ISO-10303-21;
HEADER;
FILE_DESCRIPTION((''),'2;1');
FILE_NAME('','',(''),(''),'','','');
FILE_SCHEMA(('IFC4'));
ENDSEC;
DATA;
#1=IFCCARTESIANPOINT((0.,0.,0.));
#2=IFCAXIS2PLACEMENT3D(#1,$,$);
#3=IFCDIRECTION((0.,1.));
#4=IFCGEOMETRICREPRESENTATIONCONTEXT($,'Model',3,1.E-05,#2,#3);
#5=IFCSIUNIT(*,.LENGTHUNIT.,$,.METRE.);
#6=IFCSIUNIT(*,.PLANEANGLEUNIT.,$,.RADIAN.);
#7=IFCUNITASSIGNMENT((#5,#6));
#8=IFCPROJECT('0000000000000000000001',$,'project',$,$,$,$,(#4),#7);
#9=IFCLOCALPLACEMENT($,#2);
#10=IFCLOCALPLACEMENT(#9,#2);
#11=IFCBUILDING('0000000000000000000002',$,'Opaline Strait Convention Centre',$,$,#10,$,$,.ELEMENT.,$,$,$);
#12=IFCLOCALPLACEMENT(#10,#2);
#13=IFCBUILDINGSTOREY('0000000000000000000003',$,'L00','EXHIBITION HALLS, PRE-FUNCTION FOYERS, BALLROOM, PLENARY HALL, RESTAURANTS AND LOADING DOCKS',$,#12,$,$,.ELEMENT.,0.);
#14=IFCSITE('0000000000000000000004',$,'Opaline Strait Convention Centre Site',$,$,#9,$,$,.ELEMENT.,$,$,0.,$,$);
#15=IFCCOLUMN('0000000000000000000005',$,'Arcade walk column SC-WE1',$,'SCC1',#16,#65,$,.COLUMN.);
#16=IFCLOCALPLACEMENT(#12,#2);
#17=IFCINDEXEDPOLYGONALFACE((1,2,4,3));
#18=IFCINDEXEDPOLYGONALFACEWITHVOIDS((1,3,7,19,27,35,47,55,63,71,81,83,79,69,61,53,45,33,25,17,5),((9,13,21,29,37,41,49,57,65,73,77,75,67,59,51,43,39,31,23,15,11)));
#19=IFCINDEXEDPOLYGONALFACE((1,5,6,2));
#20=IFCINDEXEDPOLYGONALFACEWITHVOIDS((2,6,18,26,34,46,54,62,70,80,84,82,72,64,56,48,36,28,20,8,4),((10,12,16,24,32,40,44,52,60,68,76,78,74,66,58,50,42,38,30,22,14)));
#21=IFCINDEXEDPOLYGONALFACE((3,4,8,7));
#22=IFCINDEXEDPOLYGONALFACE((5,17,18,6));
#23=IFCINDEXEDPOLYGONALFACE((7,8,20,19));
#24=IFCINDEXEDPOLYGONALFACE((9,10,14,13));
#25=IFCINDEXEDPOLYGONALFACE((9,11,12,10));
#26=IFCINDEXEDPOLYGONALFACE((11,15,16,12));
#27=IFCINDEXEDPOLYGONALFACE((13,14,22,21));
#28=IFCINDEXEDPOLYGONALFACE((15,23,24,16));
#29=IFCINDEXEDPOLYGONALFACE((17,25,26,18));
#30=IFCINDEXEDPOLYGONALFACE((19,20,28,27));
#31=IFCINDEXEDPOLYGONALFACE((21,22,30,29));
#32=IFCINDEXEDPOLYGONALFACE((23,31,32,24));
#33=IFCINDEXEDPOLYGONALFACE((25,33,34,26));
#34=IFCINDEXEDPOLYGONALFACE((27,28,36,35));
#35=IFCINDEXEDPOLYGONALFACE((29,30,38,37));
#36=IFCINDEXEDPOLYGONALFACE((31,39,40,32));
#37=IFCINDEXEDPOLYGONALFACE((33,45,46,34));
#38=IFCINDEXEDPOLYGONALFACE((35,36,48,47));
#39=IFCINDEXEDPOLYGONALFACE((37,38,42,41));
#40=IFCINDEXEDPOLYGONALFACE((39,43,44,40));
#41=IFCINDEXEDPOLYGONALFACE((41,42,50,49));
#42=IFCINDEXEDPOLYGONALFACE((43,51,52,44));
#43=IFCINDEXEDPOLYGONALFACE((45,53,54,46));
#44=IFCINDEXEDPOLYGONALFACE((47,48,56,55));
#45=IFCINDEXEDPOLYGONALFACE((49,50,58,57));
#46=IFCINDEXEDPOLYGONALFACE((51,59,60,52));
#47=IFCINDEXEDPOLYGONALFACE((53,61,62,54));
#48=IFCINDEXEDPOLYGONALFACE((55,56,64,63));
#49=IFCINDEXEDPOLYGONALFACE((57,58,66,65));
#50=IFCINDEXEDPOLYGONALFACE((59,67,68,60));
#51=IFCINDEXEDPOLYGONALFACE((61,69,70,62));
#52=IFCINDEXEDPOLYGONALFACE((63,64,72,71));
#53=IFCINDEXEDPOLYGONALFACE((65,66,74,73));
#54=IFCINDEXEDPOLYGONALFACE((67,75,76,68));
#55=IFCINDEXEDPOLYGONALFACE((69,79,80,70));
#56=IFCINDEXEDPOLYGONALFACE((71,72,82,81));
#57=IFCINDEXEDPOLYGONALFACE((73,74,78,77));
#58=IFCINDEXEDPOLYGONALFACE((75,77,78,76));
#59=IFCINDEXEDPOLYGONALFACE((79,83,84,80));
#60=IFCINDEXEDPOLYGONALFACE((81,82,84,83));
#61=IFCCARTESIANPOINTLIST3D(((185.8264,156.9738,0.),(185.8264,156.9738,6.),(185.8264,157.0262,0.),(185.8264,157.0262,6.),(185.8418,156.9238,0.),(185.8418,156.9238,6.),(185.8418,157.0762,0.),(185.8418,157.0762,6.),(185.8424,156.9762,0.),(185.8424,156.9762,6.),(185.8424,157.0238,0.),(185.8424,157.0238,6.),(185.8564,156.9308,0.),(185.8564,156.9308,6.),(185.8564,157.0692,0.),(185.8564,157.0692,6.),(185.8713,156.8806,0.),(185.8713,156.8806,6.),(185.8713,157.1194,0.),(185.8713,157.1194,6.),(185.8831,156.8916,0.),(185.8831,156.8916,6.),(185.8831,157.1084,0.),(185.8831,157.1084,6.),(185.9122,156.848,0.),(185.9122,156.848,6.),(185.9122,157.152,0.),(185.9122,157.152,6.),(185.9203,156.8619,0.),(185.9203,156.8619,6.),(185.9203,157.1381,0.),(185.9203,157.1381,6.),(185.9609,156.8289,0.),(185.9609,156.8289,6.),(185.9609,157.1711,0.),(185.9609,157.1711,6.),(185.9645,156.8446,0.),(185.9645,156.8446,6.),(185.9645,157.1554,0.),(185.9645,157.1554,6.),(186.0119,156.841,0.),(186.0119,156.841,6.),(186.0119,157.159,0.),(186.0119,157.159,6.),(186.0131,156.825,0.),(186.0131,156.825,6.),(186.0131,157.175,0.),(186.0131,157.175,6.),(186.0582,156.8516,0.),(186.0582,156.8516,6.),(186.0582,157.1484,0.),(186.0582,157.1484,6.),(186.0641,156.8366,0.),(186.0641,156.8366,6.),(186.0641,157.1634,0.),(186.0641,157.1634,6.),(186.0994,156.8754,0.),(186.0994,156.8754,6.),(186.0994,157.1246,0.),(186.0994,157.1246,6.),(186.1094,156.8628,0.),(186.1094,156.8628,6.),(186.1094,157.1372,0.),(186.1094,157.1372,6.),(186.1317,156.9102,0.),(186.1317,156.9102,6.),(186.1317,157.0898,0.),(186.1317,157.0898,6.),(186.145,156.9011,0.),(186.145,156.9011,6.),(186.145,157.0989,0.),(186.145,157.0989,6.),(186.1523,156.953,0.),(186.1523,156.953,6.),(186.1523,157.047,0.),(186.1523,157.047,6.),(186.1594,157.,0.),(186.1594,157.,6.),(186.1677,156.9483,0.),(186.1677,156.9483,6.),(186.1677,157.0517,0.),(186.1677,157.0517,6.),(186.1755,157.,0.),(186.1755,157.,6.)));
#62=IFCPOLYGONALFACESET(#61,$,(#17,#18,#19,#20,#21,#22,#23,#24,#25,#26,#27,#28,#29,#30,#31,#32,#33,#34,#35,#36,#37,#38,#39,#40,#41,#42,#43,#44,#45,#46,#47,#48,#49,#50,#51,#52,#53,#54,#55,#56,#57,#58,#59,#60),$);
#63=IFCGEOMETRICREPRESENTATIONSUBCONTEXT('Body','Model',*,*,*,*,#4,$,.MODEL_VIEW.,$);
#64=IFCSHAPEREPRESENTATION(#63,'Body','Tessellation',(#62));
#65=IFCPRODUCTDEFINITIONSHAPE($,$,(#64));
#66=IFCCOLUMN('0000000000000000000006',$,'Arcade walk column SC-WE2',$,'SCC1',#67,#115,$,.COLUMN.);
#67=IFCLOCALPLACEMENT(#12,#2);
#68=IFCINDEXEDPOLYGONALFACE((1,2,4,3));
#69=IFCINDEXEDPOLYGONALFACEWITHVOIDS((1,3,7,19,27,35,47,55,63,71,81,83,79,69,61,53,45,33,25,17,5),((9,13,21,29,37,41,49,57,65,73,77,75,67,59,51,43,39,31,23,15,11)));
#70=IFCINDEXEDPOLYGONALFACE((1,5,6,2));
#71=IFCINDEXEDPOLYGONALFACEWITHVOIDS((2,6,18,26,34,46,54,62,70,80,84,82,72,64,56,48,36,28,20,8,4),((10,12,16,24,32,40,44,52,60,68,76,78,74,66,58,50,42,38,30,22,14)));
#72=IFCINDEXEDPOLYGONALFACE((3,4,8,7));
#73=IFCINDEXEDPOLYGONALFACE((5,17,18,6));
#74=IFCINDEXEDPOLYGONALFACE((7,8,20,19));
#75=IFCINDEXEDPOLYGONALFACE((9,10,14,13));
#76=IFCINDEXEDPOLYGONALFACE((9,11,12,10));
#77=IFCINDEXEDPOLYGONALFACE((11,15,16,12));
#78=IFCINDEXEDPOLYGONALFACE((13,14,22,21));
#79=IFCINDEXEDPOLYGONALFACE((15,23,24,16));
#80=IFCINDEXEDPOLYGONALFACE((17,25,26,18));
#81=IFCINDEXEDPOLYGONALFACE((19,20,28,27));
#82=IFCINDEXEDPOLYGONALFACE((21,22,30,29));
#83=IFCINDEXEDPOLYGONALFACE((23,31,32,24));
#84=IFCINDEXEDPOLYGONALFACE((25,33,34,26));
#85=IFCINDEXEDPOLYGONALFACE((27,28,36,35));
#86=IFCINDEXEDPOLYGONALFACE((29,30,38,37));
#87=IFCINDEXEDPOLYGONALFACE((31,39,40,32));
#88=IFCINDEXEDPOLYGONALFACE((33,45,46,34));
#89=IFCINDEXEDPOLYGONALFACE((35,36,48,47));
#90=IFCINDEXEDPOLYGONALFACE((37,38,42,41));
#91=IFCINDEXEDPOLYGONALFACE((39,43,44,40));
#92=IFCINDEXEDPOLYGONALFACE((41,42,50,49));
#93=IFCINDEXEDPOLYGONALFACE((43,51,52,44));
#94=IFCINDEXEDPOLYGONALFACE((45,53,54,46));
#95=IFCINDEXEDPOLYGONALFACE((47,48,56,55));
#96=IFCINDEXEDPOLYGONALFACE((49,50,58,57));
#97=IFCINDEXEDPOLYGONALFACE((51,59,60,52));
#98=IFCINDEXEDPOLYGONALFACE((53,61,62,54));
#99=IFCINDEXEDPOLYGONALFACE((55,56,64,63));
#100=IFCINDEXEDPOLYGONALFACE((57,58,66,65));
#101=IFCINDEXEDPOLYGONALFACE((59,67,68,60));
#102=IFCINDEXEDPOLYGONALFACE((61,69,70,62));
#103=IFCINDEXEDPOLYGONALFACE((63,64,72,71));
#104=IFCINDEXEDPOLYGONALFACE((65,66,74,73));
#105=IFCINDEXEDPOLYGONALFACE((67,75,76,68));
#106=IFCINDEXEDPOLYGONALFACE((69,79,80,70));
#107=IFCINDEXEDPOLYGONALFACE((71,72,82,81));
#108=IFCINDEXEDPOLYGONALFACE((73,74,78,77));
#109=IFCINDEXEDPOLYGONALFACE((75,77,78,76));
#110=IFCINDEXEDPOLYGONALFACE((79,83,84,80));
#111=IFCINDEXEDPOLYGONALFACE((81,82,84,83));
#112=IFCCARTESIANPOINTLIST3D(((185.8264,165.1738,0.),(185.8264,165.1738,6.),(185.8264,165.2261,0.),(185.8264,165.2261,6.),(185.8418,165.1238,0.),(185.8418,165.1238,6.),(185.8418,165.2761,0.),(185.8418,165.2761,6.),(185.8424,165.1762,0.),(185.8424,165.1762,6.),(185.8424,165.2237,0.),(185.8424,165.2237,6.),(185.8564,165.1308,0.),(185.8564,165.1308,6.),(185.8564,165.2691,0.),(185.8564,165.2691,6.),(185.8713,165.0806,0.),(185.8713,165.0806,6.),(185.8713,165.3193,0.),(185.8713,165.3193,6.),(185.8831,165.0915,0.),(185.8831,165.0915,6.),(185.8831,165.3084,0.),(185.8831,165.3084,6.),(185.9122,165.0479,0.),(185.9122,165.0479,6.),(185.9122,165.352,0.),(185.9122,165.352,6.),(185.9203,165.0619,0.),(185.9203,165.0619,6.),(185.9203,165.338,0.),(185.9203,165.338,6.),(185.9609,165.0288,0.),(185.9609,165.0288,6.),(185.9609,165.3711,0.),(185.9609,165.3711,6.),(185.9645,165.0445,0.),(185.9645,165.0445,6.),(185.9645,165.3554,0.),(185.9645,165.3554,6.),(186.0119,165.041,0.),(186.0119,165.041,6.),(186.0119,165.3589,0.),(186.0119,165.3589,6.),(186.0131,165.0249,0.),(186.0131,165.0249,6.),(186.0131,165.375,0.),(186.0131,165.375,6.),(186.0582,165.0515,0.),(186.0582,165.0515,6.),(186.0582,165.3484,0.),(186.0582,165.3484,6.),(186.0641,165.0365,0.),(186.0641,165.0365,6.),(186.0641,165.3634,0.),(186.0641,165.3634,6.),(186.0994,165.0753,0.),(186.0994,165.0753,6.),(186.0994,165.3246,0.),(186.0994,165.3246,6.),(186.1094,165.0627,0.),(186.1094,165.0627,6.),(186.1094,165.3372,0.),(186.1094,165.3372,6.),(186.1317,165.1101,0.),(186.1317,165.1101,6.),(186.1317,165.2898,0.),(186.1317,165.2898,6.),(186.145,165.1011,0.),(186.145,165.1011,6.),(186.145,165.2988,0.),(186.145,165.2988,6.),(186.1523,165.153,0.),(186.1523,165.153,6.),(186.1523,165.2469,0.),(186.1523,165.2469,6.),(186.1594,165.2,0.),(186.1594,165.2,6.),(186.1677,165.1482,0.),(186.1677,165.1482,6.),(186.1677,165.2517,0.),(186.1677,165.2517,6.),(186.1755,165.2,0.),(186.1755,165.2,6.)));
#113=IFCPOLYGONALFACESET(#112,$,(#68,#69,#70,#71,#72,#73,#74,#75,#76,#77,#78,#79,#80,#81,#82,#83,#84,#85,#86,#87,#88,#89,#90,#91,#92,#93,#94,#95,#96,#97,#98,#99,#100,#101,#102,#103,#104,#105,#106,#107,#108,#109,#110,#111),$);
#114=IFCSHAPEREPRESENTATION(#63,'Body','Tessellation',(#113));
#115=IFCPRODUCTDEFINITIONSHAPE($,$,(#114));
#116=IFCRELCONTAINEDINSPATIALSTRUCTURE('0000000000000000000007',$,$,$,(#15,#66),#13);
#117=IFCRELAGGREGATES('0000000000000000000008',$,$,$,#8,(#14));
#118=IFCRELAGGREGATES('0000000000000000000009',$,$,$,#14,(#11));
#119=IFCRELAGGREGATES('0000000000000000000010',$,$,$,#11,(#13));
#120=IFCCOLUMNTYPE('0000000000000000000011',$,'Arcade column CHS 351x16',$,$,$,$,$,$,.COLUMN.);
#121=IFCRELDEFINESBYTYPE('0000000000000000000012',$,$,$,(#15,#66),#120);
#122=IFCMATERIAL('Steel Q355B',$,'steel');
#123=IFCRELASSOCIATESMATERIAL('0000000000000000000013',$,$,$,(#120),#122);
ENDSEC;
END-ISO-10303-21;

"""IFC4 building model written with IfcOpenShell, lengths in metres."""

from ifc_helpers import new_model, si_unit, direction, frame, origin, origin_2d, place, context, subcontext, project, spatial, hollow_circle, extrude, material, material_profile, profile_set, type_object, element, save


model = new_model("IFC4")

# Units and contexts
model_context = context("Model", 3, precision=1e-05, world=origin(), true_north=direction((0.0, 1.0)))
body_context = subcontext(model_context, "Body", "Model", "MODEL_VIEW")
ifc_project = project(units=[si_unit("LENGTHUNIT", "METRE"), si_unit("PLANEANGLEUNIT", "RADIAN")], contexts=[model_context])

# Site, building, storey
site_placement = place(None, origin())
site = spatial("IfcSite", under=ifc_project, at=site_placement, Name="Opaline Strait Convention Centre Site", CompositionType="ELEMENT", RefElevation=0.0)
building_placement = place(site_placement, origin())
building = spatial("IfcBuilding", under=site, at=building_placement, Name="Opaline Strait Convention Centre", CompositionType="ELEMENT")
storey_placement = place(building_placement, origin())
storey = spatial("IfcBuildingStorey", under=building, at=storey_placement, Name="L00", Description="EXHIBITION HALLS, PRE-FUNCTION FOYERS, BALLROOM, PLENARY HALL, RESTAURANTS AND LOADING DOCKS", CompositionType="ELEMENT", Elevation=0.0)

# Columns
ifc_material_1 = material(Name="Steel Q355B", Category="steel")
ifc_material_profile_1 = material_profile(ifc_material_1, hollow_circle(Radius=0.1755, WallThickness=0.0161, at=origin_2d()), Name="CHS 351x16")
ifc_profile_set_1 = profile_set([ifc_material_profile_1], Name="Steel Q355B")
column_type = type_object("IfcColumnType", Name="Arcade column CHS 351x16", PredefinedType="COLUMN", material=ifc_profile_set_1)
for number, where, z_axis, x_axis, name in (
    (1, (186.0, 157.0, 0.0), (0.0, 0.0, 1.0), (1.0, 0.0, 0.0), "Arcade walk column SC-WE1"),
    (2, (186.0, 165.2, 0.0), (0.0, 0.0, 1.0), (1.0, 0.0, 0.0), "Arcade walk column SC-WE2"),
):
    element("IfcColumn", number, at=place(storey_placement, frame(where, z_axis=z_axis, x_axis=x_axis)), inside=storey, type_object=column_type, Name=name, ObjectType="SCC1", PredefinedType="COLUMN", context=body_context, shape_type="SweptSolid", body=[
        extrude(hollow_circle(Radius=0.1755, WallThickness=0.0161, at=origin_2d()), origin(), (0.0, 0.0, 1.0), 6.0),
    ])

save(model, "model.ifc")
